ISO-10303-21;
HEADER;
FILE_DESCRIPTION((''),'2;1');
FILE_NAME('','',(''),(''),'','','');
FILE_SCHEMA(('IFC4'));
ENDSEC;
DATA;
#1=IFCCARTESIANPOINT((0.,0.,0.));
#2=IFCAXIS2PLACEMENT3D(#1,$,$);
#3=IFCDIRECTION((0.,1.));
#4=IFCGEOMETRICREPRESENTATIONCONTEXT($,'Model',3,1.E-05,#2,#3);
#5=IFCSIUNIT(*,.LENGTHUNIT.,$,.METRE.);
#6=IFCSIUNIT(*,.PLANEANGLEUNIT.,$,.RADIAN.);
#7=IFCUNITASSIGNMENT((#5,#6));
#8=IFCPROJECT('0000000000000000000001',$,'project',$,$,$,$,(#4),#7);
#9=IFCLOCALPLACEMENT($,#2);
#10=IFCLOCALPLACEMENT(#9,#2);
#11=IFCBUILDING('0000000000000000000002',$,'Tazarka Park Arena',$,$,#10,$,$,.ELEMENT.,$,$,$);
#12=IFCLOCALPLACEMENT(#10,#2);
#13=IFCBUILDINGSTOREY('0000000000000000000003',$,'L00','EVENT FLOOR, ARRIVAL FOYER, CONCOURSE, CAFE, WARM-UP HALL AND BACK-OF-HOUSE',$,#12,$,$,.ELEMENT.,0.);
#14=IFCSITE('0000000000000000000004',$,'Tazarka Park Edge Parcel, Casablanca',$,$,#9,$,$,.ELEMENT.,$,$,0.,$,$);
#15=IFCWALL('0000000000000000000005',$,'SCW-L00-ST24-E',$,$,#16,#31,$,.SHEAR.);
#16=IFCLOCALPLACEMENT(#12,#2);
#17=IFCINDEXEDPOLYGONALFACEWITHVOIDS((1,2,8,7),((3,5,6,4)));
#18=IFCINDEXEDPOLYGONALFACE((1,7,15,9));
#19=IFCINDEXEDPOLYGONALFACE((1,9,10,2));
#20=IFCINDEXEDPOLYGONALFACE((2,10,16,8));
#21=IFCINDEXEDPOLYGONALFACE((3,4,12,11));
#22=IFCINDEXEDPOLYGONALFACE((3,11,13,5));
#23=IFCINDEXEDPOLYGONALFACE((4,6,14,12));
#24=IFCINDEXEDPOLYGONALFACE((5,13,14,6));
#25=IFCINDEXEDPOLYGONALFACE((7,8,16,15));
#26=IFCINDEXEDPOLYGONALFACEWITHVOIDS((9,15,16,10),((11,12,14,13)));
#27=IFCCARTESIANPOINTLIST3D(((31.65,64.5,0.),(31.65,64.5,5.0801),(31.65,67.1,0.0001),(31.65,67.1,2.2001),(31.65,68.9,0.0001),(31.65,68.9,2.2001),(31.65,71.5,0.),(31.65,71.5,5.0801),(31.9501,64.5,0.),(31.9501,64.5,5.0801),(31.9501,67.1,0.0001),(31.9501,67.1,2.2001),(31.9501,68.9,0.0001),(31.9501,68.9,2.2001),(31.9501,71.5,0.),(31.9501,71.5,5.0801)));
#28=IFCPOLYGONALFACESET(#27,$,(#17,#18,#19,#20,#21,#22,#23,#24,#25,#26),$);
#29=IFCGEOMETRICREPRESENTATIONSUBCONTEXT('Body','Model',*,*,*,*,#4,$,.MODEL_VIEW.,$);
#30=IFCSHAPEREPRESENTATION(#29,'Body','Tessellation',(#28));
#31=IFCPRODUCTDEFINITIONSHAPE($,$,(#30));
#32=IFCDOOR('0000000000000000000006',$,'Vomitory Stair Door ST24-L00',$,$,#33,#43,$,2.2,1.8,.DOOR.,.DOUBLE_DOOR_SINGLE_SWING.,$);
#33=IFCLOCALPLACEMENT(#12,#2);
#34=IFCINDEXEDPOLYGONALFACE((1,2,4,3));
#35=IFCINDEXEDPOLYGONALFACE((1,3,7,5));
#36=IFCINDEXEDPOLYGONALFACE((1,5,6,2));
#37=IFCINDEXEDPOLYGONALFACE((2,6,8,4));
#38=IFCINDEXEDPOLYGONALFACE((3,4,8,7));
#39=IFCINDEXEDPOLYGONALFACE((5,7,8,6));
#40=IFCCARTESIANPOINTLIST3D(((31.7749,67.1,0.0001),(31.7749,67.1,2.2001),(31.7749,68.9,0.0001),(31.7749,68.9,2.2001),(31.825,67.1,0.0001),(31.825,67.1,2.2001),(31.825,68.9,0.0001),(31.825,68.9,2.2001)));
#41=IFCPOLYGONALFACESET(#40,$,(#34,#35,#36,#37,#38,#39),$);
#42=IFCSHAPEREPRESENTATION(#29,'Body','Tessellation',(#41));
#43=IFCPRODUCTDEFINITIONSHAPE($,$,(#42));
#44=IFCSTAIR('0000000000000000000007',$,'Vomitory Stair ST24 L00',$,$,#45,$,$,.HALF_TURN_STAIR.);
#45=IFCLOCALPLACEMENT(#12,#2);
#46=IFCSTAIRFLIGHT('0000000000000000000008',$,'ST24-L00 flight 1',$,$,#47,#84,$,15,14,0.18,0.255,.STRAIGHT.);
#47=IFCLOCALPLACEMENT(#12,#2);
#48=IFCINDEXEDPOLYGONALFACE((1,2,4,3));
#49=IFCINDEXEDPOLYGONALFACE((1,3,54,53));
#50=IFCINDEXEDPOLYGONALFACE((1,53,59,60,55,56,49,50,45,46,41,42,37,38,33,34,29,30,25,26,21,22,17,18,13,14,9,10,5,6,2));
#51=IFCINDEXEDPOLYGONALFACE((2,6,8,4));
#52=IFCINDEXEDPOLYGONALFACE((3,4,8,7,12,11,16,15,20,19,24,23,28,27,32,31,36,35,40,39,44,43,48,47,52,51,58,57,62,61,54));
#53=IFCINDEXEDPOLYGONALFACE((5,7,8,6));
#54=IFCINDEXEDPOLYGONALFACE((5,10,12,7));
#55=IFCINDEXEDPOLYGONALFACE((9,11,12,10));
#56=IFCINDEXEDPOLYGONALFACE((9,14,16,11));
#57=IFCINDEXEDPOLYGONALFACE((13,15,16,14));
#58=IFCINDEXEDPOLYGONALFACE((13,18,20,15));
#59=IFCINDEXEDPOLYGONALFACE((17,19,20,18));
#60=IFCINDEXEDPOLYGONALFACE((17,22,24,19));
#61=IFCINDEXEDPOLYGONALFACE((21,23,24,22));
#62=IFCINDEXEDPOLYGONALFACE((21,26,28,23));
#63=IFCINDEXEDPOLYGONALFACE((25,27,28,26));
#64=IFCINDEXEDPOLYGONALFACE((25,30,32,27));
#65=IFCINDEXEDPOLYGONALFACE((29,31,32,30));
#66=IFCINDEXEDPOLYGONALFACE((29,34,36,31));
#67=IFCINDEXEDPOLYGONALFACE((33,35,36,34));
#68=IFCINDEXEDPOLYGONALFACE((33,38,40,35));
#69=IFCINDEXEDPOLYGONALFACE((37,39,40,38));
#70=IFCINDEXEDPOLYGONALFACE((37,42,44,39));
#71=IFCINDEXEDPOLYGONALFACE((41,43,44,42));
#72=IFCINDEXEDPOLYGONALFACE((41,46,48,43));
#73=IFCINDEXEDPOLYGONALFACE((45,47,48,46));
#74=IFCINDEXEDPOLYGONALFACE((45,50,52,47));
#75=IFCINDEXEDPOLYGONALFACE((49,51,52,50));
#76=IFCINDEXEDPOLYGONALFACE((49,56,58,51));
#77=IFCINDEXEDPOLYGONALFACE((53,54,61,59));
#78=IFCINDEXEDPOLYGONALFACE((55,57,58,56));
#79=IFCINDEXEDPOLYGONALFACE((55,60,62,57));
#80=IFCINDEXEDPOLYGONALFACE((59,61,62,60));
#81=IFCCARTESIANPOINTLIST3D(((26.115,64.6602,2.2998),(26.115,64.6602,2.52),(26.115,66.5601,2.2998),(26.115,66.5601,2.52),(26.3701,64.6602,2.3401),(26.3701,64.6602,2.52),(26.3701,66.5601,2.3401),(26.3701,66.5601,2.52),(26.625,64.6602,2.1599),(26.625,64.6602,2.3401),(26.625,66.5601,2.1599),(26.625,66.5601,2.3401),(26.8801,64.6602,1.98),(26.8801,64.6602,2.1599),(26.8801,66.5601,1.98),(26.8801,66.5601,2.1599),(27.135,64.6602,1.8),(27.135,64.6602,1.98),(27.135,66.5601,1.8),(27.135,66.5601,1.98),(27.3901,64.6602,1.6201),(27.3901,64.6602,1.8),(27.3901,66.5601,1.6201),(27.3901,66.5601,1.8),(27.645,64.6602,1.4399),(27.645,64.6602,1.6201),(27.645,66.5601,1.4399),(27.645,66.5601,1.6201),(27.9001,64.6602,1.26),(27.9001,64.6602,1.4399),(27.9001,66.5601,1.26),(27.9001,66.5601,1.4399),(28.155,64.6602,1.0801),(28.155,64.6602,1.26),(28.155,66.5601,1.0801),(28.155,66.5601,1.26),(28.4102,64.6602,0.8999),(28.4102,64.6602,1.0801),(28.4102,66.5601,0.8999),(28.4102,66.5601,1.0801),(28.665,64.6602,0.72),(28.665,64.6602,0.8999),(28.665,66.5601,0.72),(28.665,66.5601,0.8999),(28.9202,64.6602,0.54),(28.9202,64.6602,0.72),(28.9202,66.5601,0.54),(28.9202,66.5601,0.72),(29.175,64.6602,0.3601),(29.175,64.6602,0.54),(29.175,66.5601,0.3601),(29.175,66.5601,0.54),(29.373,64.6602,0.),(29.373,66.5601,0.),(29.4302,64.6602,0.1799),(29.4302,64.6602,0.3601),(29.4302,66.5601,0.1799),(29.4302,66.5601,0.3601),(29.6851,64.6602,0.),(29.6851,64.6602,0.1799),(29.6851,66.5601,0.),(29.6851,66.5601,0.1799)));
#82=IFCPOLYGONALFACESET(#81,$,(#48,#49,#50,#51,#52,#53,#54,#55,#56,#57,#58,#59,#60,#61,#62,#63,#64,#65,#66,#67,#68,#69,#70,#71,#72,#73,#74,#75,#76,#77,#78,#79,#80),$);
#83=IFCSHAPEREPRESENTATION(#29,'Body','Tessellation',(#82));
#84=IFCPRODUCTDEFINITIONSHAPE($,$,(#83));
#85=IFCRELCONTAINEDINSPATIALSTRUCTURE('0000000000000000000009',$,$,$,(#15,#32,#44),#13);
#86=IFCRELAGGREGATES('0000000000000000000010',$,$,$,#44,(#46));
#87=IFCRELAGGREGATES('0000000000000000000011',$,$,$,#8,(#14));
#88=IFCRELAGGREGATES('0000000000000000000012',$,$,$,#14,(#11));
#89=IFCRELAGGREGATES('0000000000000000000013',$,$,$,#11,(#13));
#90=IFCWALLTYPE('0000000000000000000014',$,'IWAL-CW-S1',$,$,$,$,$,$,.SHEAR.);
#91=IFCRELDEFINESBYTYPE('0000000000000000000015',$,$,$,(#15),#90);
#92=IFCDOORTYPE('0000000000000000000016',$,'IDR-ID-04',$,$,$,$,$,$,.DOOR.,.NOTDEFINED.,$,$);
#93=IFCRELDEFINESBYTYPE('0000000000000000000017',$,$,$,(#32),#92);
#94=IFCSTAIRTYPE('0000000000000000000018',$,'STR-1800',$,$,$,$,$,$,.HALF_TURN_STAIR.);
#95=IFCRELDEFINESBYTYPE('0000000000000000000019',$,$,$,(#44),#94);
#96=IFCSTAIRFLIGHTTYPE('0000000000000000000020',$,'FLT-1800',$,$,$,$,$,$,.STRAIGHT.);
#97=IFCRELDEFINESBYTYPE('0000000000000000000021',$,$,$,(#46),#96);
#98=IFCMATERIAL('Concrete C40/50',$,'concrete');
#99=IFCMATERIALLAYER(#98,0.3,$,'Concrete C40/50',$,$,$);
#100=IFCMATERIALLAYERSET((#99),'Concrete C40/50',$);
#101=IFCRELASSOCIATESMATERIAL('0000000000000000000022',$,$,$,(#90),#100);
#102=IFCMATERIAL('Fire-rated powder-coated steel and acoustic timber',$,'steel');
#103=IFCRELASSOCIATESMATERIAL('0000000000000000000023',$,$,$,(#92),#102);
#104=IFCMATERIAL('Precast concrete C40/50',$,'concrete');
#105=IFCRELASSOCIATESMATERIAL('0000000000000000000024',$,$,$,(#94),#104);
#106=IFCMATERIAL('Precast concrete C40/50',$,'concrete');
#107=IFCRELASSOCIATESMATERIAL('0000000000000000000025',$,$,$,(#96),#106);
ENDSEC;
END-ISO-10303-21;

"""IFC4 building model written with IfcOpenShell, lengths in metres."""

from ifc_helpers import new_model, si_unit, direction, frame, frame_2d, origin, place, context, subcontext, project, spatial, polyline, rectangle, outline, extrude, material, layer, layer_set, type_object, element, fill, aggregate, save


model = new_model("IFC4")

# Units and contexts
model_context = context("Model", 3, precision=1e-05, world=origin(), true_north=direction((0.0, 1.0)))
body_context = subcontext(model_context, "Body", "Model", "MODEL_VIEW")
ifc_project = project(units=[si_unit("LENGTHUNIT", "METRE"), si_unit("PLANEANGLEUNIT", "RADIAN")], contexts=[model_context])

# Site, building, storey
site_placement = place(None, origin())
site = spatial("IfcSite", under=ifc_project, at=site_placement, Name="Tazarka Park Edge Parcel, Casablanca", CompositionType="ELEMENT", RefElevation=0.0)
building_placement = place(site_placement, origin())
building = spatial("IfcBuilding", under=site, at=building_placement, Name="Tazarka Park Arena", CompositionType="ELEMENT")
storey_placement = place(building_placement, origin())
storey = spatial("IfcBuildingStorey", under=building, at=storey_placement, Name="L00", Description="EVENT FLOOR, ARRIVAL FOYER, CONCOURSE, CAFE, WARM-UP HALL AND BACK-OF-HOUSE", CompositionType="ELEMENT", Elevation=0.0)

# Shared definitions
ifc_material_1 = material(Name="Concrete C40/50", Category="concrete")
ifc_layer = layer(ifc_material_1, 0.3, Name="Concrete C40/50")
ifc_layer_set = layer_set([ifc_layer], Name="Concrete C40/50")
wall_type = type_object("IfcWallType", Name="IWAL-CW-S1", PredefinedType="SHEAR", material=ifc_layer_set)

# Wall, opening, door
wall_1_placement = place(storey_placement, frame((31.8, 71.5, 0.0), z_axis=(0.0, 0.0, 1.0), x_axis=(0.0, -1.0, 0.0)))
wall_1 = element("IfcWall", 1, at=wall_1_placement, inside=storey, type_object=wall_type, Name="SCW-L00-ST24-E", PredefinedType="SHEAR", context=body_context, shape_type="SweptSolid", body=[
    extrude(rectangle(XDim=7.0, YDim=0.3, at=frame_2d((3.5, 0.0))), origin(), (0.0, 0.0, 1.0), 5.0801),
])
opening_placement = place(wall_1_placement, frame((2.6001, 0.0, 0.0)))
opening = element("IfcOpeningElement", 2, at=opening_placement, cuts=wall_1, PredefinedType="OPENING", context=body_context, shape_type="SweptSolid", body=[
    extrude(rectangle(XDim=1.8, YDim=2.2, at=frame_2d((0.8999, 1.1001))), frame((0.0, 0.1602, 0.0), z_axis=(0.0, -1.0, 0.0), x_axis=(1.0, 0.0, 0.0)), (0.0, 0.0, 1.0), 0.3201),
])
ifc_material_2 = material(Name="Fire-rated powder-coated steel and acoustic timber", Category="steel")
door_type = type_object("IfcDoorType", Name="IDR-ID-04", OperationType="NOTDEFINED", PredefinedType="DOOR", material=ifc_material_2)
door_placement = place(opening_placement, origin())
door = element("IfcDoor", 3, at=door_placement, inside=storey, type_object=door_type, Name="Vomitory Stair Door ST24-L00", OperationType="DOUBLE_DOOR_SINGLE_SWING", OverallHeight=2.2, OverallWidth=1.8, PredefinedType="DOOR", context=body_context, shape_type="SweptSolid", body=[
    extrude(rectangle(XDim=1.8, YDim=2.2, at=frame_2d((0.8999, 1.1001))), frame((0.0, 0.0249, 0.0), z_axis=(0.0, -1.0, 0.0), x_axis=(1.0, 0.0, 0.0)), (0.0, 0.0, 1.0), 0.05),
])
fill(opening, door)

# Stair, stair flight
ifc_material_3 = material(Name="Precast concrete C40/50", Category="concrete")
stair_type = type_object("IfcStairType", Name="STR-1800", PredefinedType="HALF_TURN_STAIR", material=ifc_material_3)
stair_placement = place(storey_placement, origin())
stair = element("IfcStair", 4, at=stair_placement, inside=storey, type_object=stair_type, Name="Vomitory Stair ST24 L00", PredefinedType="HALF_TURN_STAIR")
ifc_material_4 = material(Name="Precast concrete C40/50", Category="concrete")
stair_flight_type = type_object("IfcStairFlightType", Name="FLT-1800", PredefinedType="STRAIGHT", material=ifc_material_4)
stair_flight_placement = place(storey_placement, frame((29.6851, 65.6101, 0.0), z_axis=(0.0, 0.0, 1.0), x_axis=(-1.0, 0.0, 0.0)))
stair_flight = element("IfcStairFlight", 5, at=stair_flight_placement, type_object=stair_flight_type, Name="ST24-L00 flight 1", NumberOfRisers=15, NumberOfTreads=14, PredefinedType="STRAIGHT", RiserHeight=0.18, TreadLength=0.255, context=body_context, shape_type="SweptSolid", body=[
    extrude(outline(polyline([(0.0, 0.0), (0.0, 0.1799), (0.2549, 0.1799), (0.2549, 0.3601), (0.51, 0.3601), (0.51, 0.54), (0.7649, 0.54), (0.7649, 0.72), (1.02, 0.72), (1.02, 0.8999), (1.2749, 0.8999), (1.2749, 1.0801), (1.53, 1.0801), (1.53, 1.26), (1.7849, 1.26), (1.7849, 1.4399), (2.04, 1.4399), (2.04, 1.6201), (2.2949, 1.6201), (2.2949, 1.8), (2.55, 1.8), (2.55, 1.98), (2.8049, 1.98), (2.8049, 2.1599), (3.0601, 2.1599), (3.0601, 2.3401), (3.3149, 2.3401), (3.3149, 2.52), (3.5701, 2.52), (3.5701, 2.7), (3.5701, 2.2998), (0.312, 0.0), (0.0, 0.0)])), frame((0.0, 0.95, 0.0), z_axis=(0.0, -1.0, 0.0), x_axis=(1.0, 0.0, 0.0)), (0.0, 0.0, 1.0), 1.8999),
])
aggregate(stair, [stair_flight])

save(model, "model.ifc")
